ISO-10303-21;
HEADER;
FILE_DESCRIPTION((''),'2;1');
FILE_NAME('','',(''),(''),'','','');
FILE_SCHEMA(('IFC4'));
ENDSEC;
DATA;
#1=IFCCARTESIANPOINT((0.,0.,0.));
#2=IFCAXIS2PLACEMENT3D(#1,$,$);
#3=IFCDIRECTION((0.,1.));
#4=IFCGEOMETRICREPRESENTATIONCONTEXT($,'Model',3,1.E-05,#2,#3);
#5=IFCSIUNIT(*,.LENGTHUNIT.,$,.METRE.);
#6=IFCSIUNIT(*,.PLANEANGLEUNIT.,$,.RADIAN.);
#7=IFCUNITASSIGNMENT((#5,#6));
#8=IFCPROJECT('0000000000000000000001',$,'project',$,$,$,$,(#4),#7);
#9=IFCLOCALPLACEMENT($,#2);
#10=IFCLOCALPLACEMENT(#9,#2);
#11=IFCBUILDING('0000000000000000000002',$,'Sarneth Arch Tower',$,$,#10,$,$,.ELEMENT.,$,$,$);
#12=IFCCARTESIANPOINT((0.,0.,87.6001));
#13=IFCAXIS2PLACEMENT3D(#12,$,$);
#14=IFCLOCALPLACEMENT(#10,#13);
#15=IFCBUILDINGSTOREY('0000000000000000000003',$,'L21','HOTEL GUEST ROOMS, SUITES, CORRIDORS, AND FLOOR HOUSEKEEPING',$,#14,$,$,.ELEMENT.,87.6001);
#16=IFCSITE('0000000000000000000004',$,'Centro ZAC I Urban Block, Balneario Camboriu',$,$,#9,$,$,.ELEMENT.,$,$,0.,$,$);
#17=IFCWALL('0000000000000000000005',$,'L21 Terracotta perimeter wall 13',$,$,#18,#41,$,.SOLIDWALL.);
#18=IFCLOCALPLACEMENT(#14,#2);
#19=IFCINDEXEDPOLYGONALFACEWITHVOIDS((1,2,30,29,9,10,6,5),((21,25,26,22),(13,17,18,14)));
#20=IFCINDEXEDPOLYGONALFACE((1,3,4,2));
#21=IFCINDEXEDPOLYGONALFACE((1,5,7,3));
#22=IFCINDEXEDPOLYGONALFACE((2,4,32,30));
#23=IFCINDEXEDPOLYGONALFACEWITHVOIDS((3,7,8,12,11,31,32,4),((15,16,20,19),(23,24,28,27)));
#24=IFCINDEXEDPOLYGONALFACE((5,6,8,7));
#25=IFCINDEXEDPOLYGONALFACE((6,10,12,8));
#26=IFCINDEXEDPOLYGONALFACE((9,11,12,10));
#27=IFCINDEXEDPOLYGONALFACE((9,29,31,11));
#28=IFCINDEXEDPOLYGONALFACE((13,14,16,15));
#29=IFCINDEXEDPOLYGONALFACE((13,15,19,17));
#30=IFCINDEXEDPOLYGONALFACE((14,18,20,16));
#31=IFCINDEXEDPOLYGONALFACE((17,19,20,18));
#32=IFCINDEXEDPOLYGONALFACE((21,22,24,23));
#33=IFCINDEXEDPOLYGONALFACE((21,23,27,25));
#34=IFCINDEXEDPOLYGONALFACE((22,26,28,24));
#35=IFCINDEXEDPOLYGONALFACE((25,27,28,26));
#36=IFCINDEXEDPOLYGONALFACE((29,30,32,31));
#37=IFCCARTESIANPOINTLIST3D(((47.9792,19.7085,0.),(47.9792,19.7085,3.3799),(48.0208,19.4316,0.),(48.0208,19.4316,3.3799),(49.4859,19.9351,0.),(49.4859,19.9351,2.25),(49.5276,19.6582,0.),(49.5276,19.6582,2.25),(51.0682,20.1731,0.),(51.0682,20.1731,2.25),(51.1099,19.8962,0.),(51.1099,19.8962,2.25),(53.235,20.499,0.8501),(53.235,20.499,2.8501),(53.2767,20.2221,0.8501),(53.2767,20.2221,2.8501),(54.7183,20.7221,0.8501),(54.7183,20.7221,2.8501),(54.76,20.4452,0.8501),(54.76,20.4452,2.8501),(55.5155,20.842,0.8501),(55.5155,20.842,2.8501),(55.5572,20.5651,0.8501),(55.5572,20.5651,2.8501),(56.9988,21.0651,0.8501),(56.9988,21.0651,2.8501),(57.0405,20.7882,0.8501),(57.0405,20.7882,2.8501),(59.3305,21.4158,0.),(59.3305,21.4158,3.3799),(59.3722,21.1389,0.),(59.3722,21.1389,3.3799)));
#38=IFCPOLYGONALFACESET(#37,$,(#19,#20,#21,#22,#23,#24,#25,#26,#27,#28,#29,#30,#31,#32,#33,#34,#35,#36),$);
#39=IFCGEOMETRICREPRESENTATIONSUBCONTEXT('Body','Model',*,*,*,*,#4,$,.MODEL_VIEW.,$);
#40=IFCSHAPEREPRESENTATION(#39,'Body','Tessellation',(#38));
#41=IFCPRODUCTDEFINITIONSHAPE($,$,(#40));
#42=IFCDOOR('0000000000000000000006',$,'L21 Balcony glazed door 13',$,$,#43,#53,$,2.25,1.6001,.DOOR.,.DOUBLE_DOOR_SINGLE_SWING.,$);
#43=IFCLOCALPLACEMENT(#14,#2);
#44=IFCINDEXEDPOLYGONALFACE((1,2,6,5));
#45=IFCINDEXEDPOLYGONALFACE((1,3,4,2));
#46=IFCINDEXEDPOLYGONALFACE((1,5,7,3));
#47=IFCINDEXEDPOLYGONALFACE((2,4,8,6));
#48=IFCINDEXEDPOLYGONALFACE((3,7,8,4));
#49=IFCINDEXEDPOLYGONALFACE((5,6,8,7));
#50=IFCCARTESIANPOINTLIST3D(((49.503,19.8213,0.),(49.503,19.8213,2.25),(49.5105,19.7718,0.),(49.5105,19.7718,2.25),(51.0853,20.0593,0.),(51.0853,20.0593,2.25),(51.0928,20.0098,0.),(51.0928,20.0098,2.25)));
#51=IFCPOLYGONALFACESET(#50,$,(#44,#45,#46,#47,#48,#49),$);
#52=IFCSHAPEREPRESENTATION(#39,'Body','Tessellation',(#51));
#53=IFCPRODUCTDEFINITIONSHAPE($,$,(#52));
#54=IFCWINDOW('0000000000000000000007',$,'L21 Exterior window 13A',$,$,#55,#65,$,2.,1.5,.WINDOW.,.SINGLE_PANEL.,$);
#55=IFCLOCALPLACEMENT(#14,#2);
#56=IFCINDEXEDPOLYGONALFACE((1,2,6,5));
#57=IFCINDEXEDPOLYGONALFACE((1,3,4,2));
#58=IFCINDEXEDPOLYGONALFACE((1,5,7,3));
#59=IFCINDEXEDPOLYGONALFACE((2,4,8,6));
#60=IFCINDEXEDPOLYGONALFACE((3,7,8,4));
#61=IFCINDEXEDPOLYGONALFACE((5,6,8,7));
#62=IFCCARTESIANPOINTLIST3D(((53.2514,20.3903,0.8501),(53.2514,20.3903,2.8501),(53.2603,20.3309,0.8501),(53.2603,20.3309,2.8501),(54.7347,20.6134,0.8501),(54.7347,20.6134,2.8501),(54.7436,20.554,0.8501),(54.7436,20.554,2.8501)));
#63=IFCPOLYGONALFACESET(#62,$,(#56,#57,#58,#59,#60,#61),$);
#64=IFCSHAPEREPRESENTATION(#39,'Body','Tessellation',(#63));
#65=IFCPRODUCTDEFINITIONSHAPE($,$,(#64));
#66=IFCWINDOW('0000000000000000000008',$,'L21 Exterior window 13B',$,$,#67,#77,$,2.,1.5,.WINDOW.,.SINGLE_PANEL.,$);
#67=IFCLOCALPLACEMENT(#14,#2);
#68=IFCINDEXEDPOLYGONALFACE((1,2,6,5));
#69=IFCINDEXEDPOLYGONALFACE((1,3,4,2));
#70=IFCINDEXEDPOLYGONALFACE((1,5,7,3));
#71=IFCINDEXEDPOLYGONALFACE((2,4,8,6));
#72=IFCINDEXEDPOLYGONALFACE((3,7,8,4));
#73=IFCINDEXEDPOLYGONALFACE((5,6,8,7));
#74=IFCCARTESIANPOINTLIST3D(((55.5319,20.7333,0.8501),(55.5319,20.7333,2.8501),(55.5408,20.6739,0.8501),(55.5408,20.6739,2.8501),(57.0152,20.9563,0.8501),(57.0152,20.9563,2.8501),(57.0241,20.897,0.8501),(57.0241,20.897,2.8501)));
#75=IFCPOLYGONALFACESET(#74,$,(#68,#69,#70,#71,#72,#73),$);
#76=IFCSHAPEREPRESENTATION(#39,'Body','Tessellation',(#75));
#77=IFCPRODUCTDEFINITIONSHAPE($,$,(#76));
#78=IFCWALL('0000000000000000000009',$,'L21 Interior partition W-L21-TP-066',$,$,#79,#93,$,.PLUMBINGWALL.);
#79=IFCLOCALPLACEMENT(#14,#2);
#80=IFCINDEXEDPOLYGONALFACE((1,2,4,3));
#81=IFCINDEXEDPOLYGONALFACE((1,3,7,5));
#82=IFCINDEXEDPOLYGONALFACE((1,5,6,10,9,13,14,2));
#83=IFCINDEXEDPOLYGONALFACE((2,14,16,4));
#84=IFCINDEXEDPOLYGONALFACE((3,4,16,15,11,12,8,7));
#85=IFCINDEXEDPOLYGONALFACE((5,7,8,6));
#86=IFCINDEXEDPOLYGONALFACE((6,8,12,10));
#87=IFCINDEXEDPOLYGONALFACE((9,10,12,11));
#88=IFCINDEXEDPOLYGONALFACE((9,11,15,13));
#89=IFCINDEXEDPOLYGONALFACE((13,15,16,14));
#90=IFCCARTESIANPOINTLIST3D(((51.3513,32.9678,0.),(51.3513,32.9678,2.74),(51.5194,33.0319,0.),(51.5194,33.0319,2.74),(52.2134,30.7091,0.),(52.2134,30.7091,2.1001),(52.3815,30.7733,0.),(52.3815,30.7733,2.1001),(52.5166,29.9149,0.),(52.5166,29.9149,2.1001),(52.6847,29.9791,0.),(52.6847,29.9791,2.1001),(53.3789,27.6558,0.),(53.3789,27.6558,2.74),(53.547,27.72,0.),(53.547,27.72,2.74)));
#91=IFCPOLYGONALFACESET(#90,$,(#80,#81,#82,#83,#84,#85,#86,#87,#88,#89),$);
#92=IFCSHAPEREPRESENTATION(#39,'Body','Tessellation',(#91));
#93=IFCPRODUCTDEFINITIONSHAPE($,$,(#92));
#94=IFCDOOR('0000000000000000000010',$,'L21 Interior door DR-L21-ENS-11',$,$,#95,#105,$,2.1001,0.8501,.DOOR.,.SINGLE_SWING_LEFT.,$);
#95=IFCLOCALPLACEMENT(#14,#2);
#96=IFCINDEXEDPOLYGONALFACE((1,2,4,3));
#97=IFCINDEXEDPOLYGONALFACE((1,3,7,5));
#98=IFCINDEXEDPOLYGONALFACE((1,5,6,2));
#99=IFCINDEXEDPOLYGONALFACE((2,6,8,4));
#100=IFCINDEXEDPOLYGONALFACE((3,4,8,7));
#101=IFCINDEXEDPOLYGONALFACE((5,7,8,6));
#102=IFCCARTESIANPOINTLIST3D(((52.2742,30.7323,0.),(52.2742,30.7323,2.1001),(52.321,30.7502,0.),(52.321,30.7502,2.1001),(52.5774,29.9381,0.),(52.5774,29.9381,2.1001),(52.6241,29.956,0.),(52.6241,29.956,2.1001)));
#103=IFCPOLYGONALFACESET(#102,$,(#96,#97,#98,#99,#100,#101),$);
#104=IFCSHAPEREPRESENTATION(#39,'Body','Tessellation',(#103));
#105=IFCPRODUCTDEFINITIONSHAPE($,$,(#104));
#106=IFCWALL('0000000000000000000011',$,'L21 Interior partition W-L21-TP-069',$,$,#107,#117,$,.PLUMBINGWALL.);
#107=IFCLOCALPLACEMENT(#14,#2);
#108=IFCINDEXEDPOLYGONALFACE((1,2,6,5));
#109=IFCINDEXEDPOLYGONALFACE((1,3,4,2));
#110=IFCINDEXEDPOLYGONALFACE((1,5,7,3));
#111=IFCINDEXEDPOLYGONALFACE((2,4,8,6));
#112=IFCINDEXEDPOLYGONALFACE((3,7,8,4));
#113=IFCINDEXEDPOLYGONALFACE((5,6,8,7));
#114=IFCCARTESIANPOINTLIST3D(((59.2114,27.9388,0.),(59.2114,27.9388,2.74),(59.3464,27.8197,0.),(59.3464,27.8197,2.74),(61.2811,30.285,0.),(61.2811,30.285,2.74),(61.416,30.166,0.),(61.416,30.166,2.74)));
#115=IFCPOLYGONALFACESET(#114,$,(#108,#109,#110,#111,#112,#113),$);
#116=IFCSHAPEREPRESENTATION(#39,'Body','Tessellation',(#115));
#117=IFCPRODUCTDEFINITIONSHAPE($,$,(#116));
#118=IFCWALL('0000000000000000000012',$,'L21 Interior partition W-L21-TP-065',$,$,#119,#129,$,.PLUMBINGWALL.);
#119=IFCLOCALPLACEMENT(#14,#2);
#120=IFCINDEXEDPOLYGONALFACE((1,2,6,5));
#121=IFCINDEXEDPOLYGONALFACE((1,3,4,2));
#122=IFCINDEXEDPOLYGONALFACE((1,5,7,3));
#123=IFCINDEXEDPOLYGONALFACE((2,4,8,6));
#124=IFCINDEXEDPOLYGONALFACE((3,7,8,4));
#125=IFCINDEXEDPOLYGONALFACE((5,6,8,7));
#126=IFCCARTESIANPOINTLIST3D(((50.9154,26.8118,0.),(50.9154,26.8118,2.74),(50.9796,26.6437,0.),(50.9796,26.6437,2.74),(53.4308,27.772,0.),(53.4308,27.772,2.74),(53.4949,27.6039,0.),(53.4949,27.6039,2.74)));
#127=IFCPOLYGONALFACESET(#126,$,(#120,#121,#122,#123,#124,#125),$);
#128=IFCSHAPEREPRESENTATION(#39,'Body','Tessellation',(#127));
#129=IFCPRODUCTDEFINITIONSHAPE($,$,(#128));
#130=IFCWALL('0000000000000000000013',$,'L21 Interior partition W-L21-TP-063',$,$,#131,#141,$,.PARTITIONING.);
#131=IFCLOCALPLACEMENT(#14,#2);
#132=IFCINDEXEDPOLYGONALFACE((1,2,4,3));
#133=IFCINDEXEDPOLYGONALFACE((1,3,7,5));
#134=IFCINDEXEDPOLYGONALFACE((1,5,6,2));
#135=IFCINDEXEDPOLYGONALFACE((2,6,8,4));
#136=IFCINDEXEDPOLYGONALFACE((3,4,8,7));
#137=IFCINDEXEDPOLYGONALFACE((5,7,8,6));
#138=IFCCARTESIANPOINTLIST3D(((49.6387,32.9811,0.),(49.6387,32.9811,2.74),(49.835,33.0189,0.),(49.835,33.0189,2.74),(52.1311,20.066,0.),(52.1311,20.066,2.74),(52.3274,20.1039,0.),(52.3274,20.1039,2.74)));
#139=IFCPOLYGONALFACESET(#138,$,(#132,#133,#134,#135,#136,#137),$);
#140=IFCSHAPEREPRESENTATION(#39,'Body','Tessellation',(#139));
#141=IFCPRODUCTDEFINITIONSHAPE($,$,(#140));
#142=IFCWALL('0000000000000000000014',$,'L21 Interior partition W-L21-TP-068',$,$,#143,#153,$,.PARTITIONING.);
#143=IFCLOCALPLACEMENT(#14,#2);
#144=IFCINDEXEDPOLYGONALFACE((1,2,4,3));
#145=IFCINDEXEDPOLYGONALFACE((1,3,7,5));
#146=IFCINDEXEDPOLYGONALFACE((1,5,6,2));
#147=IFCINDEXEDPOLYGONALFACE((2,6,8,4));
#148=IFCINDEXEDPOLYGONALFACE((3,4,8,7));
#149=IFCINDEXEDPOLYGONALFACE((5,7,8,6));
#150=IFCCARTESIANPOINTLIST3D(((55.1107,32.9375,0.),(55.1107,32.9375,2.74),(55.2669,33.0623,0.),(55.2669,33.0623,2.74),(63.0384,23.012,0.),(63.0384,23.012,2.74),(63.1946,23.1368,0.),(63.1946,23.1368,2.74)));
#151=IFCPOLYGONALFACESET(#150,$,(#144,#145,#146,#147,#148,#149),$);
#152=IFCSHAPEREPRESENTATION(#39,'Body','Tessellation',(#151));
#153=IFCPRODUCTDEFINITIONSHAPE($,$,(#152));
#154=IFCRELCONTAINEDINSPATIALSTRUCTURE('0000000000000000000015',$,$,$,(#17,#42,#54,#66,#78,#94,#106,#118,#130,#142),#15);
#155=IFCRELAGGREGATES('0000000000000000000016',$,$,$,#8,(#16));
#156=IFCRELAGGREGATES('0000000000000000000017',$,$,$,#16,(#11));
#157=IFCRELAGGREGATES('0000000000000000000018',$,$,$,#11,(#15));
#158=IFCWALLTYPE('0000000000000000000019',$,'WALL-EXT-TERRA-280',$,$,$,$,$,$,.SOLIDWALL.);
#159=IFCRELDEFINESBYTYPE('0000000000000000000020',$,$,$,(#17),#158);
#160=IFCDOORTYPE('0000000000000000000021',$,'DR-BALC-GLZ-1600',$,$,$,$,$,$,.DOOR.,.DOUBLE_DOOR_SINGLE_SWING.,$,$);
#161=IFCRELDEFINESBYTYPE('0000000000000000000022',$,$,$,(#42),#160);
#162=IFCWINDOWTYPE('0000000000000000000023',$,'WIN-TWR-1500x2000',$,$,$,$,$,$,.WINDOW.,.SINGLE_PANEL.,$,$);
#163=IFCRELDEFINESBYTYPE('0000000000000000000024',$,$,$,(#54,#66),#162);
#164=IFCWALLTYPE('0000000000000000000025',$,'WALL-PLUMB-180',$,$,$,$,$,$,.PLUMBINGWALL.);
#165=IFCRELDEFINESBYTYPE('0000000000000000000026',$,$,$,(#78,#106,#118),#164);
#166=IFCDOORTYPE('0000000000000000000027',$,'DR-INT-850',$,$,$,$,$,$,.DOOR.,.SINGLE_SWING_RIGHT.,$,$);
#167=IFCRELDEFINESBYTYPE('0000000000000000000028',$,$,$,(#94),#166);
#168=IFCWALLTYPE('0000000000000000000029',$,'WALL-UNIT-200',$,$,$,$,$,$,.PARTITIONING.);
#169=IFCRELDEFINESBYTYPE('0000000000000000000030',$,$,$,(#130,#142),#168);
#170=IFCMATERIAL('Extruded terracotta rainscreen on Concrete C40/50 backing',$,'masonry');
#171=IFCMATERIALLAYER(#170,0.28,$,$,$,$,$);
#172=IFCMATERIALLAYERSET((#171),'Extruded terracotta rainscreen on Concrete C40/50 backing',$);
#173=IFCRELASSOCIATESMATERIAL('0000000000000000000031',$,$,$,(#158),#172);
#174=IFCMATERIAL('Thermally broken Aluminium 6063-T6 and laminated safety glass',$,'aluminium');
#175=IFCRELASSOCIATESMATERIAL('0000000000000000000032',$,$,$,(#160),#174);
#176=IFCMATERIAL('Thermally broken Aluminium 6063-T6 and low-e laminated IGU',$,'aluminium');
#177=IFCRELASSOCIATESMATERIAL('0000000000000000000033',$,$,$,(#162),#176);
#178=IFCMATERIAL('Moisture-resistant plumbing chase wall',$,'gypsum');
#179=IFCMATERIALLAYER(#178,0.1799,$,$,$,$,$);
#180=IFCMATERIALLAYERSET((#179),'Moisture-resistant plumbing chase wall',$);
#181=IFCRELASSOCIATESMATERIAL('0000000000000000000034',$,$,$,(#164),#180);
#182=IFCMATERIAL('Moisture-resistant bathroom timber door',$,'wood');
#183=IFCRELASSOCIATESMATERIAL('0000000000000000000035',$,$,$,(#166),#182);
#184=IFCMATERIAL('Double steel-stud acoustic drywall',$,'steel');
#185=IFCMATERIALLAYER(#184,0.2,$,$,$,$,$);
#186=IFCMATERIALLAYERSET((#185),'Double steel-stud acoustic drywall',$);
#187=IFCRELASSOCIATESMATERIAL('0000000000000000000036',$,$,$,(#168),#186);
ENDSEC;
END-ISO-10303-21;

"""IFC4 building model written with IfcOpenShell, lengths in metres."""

from ifc_helpers import new_model, si_unit, direction, frame, frame_2d, origin, place, context, subcontext, project, spatial, rectangle, extrude, material, layer, layer_set, type_object, element, fill, save


model = new_model("IFC4")

# Units and contexts
model_context = context("Model", 3, precision=1e-05, world=origin(), true_north=direction((0.0, 1.0)))
body_context = subcontext(model_context, "Body", "Model", "MODEL_VIEW")
ifc_project = project(units=[si_unit("LENGTHUNIT", "METRE"), si_unit("PLANEANGLEUNIT", "RADIAN")], contexts=[model_context])

# Site, building, storey
site_placement = place(None, origin())
site = spatial("IfcSite", under=ifc_project, at=site_placement, Name="Centro ZAC I Urban Block, Balneario Camboriu", CompositionType="ELEMENT", RefElevation=0.0)
building_placement = place(site_placement, origin())
building = spatial("IfcBuilding", under=site, at=building_placement, Name="Sarneth Arch Tower", CompositionType="ELEMENT")
storey_placement = place(building_placement, frame((0.0, 0.0, 87.6001)))
storey = spatial("IfcBuildingStorey", under=building, at=storey_placement, Name="L21", Description="HOTEL GUEST ROOMS, SUITES, CORRIDORS, AND FLOOR HOUSEKEEPING", CompositionType="ELEMENT", Elevation=87.6001)

# Wall, openings, door, windows
ifc_material_1 = material(Name="Extruded terracotta rainscreen on Concrete C40/50 backing", Category="masonry")
ifc_layer_1 = layer(ifc_material_1, 0.28)
ifc_layer_set_1 = layer_set([ifc_layer_1], Name="Extruded terracotta rainscreen on Concrete C40/50 backing")
wall_type_1 = type_object("IfcWallType", Name="WALL-EXT-TERRA-280", PredefinedType="SOLIDWALL", material=ifc_layer_set_1)
wall_1_placement = place(storey_placement, frame((48.0, 19.5701, 0.0), z_axis=(0.0, 0.0, 1.0), x_axis=(0.988878, 0.14873, 0.0)))
wall_1 = element("IfcWall", 1, at=wall_1_placement, inside=storey, type_object=wall_type_1, Name="L21 Terracotta perimeter wall 13", PredefinedType="SOLIDWALL", context=body_context, shape_type="SweptSolid", body=[
    extrude(rectangle(XDim=11.479, YDim=0.28, at=frame_2d((5.7395, 0.0))), origin(), (0.0, 0.0, 1.0), 3.3799),
])
opening_1_placement = place(wall_1_placement, frame((1.5237, 0.0, 0.0)))
opening_1 = element("IfcOpeningElement", 2, at=opening_1_placement, cuts=wall_1, PredefinedType="OPENING", context=body_context, shape_type="SweptSolid", body=[
    extrude(rectangle(XDim=1.6001, YDim=2.25, at=frame_2d((0.8, 1.125))), frame((0.0, 0.1499, 0.0), z_axis=(0.0, -1.0, 0.0), x_axis=(1.0, 0.0, 0.0)), (0.0, 0.0, 1.0), 0.3),
])
opening_2_placement = place(wall_1_placement, frame((5.3149, 0.0, 0.8501)))
opening_2 = element("IfcOpeningElement", 3, at=opening_2_placement, cuts=wall_1, PredefinedType="OPENING", context=body_context, shape_type="SweptSolid", body=[
    extrude(rectangle(XDim=1.5, YDim=2.0, at=frame_2d((0.75, 1.0))), frame((0.0, 0.1499, 0.0), z_axis=(0.0, -1.0, 0.0), x_axis=(1.0, 0.0, 0.0)), (0.0, 0.0, 1.0), 0.3),
])
opening_3_placement = place(wall_1_placement, frame((7.6211, 0.0, 0.8501)))
opening_3 = element("IfcOpeningElement", 4, at=opening_3_placement, cuts=wall_1, PredefinedType="OPENING", context=body_context, shape_type="SweptSolid", body=[
    extrude(rectangle(XDim=1.5, YDim=2.0, at=frame_2d((0.75, 1.0))), frame((0.0, 0.1499, 0.0), z_axis=(0.0, -1.0, 0.0), x_axis=(1.0, 0.0, 0.0)), (0.0, 0.0, 1.0), 0.3),
])
ifc_material_2 = material(Name="Thermally broken Aluminium 6063-T6 and laminated safety glass", Category="aluminium")
door_type_1 = type_object("IfcDoorType", Name="DR-BALC-GLZ-1600", OperationType="DOUBLE_DOOR_SINGLE_SWING", PredefinedType="DOOR", material=ifc_material_2)
door_1_placement = place(opening_1_placement, origin())
door_1 = element("IfcDoor", 5, at=door_1_placement, inside=storey, type_object=door_type_1, Name="L21 Balcony glazed door 13", OperationType="DOUBLE_DOOR_SINGLE_SWING", OverallHeight=2.25, OverallWidth=1.6001, PredefinedType="DOOR", context=body_context, shape_type="SweptSolid", body=[
    extrude(rectangle(XDim=1.6001, YDim=2.25, at=frame_2d((0.8, 1.125))), frame((0.0, 0.0249, 0.0), z_axis=(0.0, -1.0, 0.0), x_axis=(1.0, 0.0, 0.0)), (0.0, 0.0, 1.0), 0.05),
])
fill(opening_1, door_1)
ifc_material_3 = material(Name="Thermally broken Aluminium 6063-T6 and low-e laminated IGU", Category="aluminium")
window_type = type_object("IfcWindowType", Name="WIN-TWR-1500x2000", PartitioningType="SINGLE_PANEL", PredefinedType="WINDOW", material=ifc_material_3)
window_1_placement = place(opening_2_placement, origin())
window_1 = element("IfcWindow", 6, at=window_1_placement, inside=storey, type_object=window_type, Name="L21 Exterior window 13A", OverallHeight=2.0, OverallWidth=1.5, PartitioningType="SINGLE_PANEL", PredefinedType="WINDOW", context=body_context, shape_type="SweptSolid", body=[
    extrude(rectangle(XDim=1.5, YDim=2.0, at=frame_2d((0.75, 1.0))), frame((0.0, 0.03, 0.0), z_axis=(0.0, -1.0, 0.0), x_axis=(1.0, 0.0, 0.0)), (0.0, 0.0, 1.0), 0.0601),
])
fill(opening_2, window_1)
window_2_placement = place(opening_3_placement, origin())
window_2 = element("IfcWindow", 7, at=window_2_placement, inside=storey, type_object=window_type, Name="L21 Exterior window 13B", OverallHeight=2.0, OverallWidth=1.5, PartitioningType="SINGLE_PANEL", PredefinedType="WINDOW", context=body_context, shape_type="SweptSolid", body=[
    extrude(rectangle(XDim=1.5, YDim=2.0, at=frame_2d((0.75, 1.0))), frame((0.0, 0.03, 0.0), z_axis=(0.0, -1.0, 0.0), x_axis=(1.0, 0.0, 0.0)), (0.0, 0.0, 1.0), 0.0601),
])
fill(opening_3, window_2)

# Wall, opening, door
ifc_material_4 = material(Name="Moisture-resistant plumbing chase wall", Category="gypsum")
ifc_layer_2 = layer(ifc_material_4, 0.1799)
ifc_layer_set_2 = layer_set([ifc_layer_2], Name="Moisture-resistant plumbing chase wall")
wall_type_2 = type_object("IfcWallType", Name="WALL-PLUMB-180", PredefinedType="PLUMBINGWALL", material=ifc_layer_set_2)
wall_2_placement = place(storey_placement, frame((53.4629, 27.688, 0.0), z_axis=(0.0, 0.0, 1.0), x_axis=(-0.356604, 0.934256, 0.0)))
wall_2 = element("IfcWall", 8, at=wall_2_placement, inside=storey, type_object=wall_type_2, Name="L21 Interior partition W-L21-TP-066", PredefinedType="PLUMBINGWALL", context=body_context, shape_type="SweptSolid", body=[
    extrude(rectangle(XDim=5.6858, YDim=0.1799, at=frame_2d((2.8428, 0.0))), origin(), (0.0, 0.0, 1.0), 2.74),
])
opening_4_placement = place(wall_2_placement, frame((2.418, 0.0, 0.0)))
opening_4 = element("IfcOpeningElement", 9, at=opening_4_placement, cuts=wall_2, PredefinedType="OPENING", context=body_context, shape_type="SweptSolid", body=[
    extrude(rectangle(XDim=0.8501, YDim=2.1001, at=frame_2d((0.425, 1.05))), frame((0.0, 0.0999, 0.0), z_axis=(0.0, -1.0, 0.0), x_axis=(1.0, 0.0, 0.0)), (0.0, 0.0, 1.0), 0.2),
])
ifc_material_5 = material(Name="Moisture-resistant bathroom timber door", Category="wood")
door_type_2 = type_object("IfcDoorType", Name="DR-INT-850", OperationType="SINGLE_SWING_RIGHT", PredefinedType="DOOR", material=ifc_material_5)
door_2_placement = place(opening_4_placement, origin())
door_2 = element("IfcDoor", 10, at=door_2_placement, inside=storey, type_object=door_type_2, Name="L21 Interior door DR-L21-ENS-11", OperationType="SINGLE_SWING_LEFT", OverallHeight=2.1001, OverallWidth=0.8501, PredefinedType="DOOR", context=body_context, shape_type="SweptSolid", body=[
    extrude(rectangle(XDim=0.8501, YDim=2.1001, at=frame_2d((0.425, 1.05))), frame((0.0, 0.0249, 0.0), z_axis=(0.0, -1.0, 0.0), x_axis=(1.0, 0.0, 0.0)), (0.0, 0.0, 1.0), 0.05),
])
fill(opening_4, door_2)

# Walls
wall_3_placement = place(storey_placement, frame((59.2788, 27.8792, 0.0), z_axis=(0.0, 0.0, 1.0), x_axis=(0.661516, 0.749931, 0.0)))
element("IfcWall", 11, at=wall_3_placement, inside=storey, type_object=wall_type_2, Name="L21 Interior partition W-L21-TP-069", PredefinedType="PLUMBINGWALL", context=body_context, shape_type="SweptSolid", body=[
    extrude(rectangle(XDim=3.1287, YDim=0.1799, at=frame_2d((1.5645, 0.0))), origin(), (0.0, 0.0, 1.0), 2.74),
])
wall_4_placement = place(storey_placement, frame((50.9475, 26.7278, 0.0), z_axis=(0.0, 0.0, 1.0), x_axis=(0.934245, 0.356632, 0.0)))
element("IfcWall", 12, at=wall_4_placement, inside=storey, type_object=wall_type_2, Name="L21 Interior partition W-L21-TP-065", PredefinedType="PLUMBINGWALL", context=body_context, shape_type="SweptSolid", body=[
    extrude(rectangle(XDim=2.6924, YDim=0.1799, at=frame_2d((1.3462, 0.0))), origin(), (0.0, 0.0, 1.0), 2.74),
])
ifc_material_6 = material(Name="Double steel-stud acoustic drywall", Category="steel")
ifc_layer_3 = layer(ifc_material_6, 0.2)
ifc_layer_set_3 = layer_set([ifc_layer_3], Name="Double steel-stud acoustic drywall")
wall_type_3 = type_object("IfcWallType", Name="WALL-UNIT-200", PredefinedType="PARTITIONING", material=ifc_layer_set_3)
wall_5_placement = place(storey_placement, frame((49.7368, 33.0, 0.0), z_axis=(0.0, 0.0, 1.0), x_axis=(0.18949, -0.981883, 0.0)))
element("IfcWall", 13, at=wall_5_placement, inside=storey, type_object=wall_type_3, Name="L21 Interior partition W-L21-TP-063", PredefinedType="PARTITIONING", context=body_context, shape_type="SweptSolid", body=[
    extrude(rectangle(XDim=13.1533, YDim=0.2, at=frame_2d((6.5767, 0.0))), origin(), (0.0, 0.0, 1.0), 2.74),
])
wall_6_placement = place(storey_placement, frame((55.1887, 33.0, 0.0), z_axis=(0.0, 0.0, 1.0), x_axis=(0.624085, -0.781356, 0.0)))
element("IfcWall", 14, at=wall_6_placement, inside=storey, type_object=wall_type_3, Name="L21 Interior partition W-L21-TP-068", PredefinedType="PARTITIONING", context=body_context, shape_type="SweptSolid", body=[
    extrude(rectangle(XDim=12.7029, YDim=0.2, at=frame_2d((6.3516, 0.0))), origin(), (0.0, 0.0, 1.0), 2.74),
])

save(model, "model.ifc")
